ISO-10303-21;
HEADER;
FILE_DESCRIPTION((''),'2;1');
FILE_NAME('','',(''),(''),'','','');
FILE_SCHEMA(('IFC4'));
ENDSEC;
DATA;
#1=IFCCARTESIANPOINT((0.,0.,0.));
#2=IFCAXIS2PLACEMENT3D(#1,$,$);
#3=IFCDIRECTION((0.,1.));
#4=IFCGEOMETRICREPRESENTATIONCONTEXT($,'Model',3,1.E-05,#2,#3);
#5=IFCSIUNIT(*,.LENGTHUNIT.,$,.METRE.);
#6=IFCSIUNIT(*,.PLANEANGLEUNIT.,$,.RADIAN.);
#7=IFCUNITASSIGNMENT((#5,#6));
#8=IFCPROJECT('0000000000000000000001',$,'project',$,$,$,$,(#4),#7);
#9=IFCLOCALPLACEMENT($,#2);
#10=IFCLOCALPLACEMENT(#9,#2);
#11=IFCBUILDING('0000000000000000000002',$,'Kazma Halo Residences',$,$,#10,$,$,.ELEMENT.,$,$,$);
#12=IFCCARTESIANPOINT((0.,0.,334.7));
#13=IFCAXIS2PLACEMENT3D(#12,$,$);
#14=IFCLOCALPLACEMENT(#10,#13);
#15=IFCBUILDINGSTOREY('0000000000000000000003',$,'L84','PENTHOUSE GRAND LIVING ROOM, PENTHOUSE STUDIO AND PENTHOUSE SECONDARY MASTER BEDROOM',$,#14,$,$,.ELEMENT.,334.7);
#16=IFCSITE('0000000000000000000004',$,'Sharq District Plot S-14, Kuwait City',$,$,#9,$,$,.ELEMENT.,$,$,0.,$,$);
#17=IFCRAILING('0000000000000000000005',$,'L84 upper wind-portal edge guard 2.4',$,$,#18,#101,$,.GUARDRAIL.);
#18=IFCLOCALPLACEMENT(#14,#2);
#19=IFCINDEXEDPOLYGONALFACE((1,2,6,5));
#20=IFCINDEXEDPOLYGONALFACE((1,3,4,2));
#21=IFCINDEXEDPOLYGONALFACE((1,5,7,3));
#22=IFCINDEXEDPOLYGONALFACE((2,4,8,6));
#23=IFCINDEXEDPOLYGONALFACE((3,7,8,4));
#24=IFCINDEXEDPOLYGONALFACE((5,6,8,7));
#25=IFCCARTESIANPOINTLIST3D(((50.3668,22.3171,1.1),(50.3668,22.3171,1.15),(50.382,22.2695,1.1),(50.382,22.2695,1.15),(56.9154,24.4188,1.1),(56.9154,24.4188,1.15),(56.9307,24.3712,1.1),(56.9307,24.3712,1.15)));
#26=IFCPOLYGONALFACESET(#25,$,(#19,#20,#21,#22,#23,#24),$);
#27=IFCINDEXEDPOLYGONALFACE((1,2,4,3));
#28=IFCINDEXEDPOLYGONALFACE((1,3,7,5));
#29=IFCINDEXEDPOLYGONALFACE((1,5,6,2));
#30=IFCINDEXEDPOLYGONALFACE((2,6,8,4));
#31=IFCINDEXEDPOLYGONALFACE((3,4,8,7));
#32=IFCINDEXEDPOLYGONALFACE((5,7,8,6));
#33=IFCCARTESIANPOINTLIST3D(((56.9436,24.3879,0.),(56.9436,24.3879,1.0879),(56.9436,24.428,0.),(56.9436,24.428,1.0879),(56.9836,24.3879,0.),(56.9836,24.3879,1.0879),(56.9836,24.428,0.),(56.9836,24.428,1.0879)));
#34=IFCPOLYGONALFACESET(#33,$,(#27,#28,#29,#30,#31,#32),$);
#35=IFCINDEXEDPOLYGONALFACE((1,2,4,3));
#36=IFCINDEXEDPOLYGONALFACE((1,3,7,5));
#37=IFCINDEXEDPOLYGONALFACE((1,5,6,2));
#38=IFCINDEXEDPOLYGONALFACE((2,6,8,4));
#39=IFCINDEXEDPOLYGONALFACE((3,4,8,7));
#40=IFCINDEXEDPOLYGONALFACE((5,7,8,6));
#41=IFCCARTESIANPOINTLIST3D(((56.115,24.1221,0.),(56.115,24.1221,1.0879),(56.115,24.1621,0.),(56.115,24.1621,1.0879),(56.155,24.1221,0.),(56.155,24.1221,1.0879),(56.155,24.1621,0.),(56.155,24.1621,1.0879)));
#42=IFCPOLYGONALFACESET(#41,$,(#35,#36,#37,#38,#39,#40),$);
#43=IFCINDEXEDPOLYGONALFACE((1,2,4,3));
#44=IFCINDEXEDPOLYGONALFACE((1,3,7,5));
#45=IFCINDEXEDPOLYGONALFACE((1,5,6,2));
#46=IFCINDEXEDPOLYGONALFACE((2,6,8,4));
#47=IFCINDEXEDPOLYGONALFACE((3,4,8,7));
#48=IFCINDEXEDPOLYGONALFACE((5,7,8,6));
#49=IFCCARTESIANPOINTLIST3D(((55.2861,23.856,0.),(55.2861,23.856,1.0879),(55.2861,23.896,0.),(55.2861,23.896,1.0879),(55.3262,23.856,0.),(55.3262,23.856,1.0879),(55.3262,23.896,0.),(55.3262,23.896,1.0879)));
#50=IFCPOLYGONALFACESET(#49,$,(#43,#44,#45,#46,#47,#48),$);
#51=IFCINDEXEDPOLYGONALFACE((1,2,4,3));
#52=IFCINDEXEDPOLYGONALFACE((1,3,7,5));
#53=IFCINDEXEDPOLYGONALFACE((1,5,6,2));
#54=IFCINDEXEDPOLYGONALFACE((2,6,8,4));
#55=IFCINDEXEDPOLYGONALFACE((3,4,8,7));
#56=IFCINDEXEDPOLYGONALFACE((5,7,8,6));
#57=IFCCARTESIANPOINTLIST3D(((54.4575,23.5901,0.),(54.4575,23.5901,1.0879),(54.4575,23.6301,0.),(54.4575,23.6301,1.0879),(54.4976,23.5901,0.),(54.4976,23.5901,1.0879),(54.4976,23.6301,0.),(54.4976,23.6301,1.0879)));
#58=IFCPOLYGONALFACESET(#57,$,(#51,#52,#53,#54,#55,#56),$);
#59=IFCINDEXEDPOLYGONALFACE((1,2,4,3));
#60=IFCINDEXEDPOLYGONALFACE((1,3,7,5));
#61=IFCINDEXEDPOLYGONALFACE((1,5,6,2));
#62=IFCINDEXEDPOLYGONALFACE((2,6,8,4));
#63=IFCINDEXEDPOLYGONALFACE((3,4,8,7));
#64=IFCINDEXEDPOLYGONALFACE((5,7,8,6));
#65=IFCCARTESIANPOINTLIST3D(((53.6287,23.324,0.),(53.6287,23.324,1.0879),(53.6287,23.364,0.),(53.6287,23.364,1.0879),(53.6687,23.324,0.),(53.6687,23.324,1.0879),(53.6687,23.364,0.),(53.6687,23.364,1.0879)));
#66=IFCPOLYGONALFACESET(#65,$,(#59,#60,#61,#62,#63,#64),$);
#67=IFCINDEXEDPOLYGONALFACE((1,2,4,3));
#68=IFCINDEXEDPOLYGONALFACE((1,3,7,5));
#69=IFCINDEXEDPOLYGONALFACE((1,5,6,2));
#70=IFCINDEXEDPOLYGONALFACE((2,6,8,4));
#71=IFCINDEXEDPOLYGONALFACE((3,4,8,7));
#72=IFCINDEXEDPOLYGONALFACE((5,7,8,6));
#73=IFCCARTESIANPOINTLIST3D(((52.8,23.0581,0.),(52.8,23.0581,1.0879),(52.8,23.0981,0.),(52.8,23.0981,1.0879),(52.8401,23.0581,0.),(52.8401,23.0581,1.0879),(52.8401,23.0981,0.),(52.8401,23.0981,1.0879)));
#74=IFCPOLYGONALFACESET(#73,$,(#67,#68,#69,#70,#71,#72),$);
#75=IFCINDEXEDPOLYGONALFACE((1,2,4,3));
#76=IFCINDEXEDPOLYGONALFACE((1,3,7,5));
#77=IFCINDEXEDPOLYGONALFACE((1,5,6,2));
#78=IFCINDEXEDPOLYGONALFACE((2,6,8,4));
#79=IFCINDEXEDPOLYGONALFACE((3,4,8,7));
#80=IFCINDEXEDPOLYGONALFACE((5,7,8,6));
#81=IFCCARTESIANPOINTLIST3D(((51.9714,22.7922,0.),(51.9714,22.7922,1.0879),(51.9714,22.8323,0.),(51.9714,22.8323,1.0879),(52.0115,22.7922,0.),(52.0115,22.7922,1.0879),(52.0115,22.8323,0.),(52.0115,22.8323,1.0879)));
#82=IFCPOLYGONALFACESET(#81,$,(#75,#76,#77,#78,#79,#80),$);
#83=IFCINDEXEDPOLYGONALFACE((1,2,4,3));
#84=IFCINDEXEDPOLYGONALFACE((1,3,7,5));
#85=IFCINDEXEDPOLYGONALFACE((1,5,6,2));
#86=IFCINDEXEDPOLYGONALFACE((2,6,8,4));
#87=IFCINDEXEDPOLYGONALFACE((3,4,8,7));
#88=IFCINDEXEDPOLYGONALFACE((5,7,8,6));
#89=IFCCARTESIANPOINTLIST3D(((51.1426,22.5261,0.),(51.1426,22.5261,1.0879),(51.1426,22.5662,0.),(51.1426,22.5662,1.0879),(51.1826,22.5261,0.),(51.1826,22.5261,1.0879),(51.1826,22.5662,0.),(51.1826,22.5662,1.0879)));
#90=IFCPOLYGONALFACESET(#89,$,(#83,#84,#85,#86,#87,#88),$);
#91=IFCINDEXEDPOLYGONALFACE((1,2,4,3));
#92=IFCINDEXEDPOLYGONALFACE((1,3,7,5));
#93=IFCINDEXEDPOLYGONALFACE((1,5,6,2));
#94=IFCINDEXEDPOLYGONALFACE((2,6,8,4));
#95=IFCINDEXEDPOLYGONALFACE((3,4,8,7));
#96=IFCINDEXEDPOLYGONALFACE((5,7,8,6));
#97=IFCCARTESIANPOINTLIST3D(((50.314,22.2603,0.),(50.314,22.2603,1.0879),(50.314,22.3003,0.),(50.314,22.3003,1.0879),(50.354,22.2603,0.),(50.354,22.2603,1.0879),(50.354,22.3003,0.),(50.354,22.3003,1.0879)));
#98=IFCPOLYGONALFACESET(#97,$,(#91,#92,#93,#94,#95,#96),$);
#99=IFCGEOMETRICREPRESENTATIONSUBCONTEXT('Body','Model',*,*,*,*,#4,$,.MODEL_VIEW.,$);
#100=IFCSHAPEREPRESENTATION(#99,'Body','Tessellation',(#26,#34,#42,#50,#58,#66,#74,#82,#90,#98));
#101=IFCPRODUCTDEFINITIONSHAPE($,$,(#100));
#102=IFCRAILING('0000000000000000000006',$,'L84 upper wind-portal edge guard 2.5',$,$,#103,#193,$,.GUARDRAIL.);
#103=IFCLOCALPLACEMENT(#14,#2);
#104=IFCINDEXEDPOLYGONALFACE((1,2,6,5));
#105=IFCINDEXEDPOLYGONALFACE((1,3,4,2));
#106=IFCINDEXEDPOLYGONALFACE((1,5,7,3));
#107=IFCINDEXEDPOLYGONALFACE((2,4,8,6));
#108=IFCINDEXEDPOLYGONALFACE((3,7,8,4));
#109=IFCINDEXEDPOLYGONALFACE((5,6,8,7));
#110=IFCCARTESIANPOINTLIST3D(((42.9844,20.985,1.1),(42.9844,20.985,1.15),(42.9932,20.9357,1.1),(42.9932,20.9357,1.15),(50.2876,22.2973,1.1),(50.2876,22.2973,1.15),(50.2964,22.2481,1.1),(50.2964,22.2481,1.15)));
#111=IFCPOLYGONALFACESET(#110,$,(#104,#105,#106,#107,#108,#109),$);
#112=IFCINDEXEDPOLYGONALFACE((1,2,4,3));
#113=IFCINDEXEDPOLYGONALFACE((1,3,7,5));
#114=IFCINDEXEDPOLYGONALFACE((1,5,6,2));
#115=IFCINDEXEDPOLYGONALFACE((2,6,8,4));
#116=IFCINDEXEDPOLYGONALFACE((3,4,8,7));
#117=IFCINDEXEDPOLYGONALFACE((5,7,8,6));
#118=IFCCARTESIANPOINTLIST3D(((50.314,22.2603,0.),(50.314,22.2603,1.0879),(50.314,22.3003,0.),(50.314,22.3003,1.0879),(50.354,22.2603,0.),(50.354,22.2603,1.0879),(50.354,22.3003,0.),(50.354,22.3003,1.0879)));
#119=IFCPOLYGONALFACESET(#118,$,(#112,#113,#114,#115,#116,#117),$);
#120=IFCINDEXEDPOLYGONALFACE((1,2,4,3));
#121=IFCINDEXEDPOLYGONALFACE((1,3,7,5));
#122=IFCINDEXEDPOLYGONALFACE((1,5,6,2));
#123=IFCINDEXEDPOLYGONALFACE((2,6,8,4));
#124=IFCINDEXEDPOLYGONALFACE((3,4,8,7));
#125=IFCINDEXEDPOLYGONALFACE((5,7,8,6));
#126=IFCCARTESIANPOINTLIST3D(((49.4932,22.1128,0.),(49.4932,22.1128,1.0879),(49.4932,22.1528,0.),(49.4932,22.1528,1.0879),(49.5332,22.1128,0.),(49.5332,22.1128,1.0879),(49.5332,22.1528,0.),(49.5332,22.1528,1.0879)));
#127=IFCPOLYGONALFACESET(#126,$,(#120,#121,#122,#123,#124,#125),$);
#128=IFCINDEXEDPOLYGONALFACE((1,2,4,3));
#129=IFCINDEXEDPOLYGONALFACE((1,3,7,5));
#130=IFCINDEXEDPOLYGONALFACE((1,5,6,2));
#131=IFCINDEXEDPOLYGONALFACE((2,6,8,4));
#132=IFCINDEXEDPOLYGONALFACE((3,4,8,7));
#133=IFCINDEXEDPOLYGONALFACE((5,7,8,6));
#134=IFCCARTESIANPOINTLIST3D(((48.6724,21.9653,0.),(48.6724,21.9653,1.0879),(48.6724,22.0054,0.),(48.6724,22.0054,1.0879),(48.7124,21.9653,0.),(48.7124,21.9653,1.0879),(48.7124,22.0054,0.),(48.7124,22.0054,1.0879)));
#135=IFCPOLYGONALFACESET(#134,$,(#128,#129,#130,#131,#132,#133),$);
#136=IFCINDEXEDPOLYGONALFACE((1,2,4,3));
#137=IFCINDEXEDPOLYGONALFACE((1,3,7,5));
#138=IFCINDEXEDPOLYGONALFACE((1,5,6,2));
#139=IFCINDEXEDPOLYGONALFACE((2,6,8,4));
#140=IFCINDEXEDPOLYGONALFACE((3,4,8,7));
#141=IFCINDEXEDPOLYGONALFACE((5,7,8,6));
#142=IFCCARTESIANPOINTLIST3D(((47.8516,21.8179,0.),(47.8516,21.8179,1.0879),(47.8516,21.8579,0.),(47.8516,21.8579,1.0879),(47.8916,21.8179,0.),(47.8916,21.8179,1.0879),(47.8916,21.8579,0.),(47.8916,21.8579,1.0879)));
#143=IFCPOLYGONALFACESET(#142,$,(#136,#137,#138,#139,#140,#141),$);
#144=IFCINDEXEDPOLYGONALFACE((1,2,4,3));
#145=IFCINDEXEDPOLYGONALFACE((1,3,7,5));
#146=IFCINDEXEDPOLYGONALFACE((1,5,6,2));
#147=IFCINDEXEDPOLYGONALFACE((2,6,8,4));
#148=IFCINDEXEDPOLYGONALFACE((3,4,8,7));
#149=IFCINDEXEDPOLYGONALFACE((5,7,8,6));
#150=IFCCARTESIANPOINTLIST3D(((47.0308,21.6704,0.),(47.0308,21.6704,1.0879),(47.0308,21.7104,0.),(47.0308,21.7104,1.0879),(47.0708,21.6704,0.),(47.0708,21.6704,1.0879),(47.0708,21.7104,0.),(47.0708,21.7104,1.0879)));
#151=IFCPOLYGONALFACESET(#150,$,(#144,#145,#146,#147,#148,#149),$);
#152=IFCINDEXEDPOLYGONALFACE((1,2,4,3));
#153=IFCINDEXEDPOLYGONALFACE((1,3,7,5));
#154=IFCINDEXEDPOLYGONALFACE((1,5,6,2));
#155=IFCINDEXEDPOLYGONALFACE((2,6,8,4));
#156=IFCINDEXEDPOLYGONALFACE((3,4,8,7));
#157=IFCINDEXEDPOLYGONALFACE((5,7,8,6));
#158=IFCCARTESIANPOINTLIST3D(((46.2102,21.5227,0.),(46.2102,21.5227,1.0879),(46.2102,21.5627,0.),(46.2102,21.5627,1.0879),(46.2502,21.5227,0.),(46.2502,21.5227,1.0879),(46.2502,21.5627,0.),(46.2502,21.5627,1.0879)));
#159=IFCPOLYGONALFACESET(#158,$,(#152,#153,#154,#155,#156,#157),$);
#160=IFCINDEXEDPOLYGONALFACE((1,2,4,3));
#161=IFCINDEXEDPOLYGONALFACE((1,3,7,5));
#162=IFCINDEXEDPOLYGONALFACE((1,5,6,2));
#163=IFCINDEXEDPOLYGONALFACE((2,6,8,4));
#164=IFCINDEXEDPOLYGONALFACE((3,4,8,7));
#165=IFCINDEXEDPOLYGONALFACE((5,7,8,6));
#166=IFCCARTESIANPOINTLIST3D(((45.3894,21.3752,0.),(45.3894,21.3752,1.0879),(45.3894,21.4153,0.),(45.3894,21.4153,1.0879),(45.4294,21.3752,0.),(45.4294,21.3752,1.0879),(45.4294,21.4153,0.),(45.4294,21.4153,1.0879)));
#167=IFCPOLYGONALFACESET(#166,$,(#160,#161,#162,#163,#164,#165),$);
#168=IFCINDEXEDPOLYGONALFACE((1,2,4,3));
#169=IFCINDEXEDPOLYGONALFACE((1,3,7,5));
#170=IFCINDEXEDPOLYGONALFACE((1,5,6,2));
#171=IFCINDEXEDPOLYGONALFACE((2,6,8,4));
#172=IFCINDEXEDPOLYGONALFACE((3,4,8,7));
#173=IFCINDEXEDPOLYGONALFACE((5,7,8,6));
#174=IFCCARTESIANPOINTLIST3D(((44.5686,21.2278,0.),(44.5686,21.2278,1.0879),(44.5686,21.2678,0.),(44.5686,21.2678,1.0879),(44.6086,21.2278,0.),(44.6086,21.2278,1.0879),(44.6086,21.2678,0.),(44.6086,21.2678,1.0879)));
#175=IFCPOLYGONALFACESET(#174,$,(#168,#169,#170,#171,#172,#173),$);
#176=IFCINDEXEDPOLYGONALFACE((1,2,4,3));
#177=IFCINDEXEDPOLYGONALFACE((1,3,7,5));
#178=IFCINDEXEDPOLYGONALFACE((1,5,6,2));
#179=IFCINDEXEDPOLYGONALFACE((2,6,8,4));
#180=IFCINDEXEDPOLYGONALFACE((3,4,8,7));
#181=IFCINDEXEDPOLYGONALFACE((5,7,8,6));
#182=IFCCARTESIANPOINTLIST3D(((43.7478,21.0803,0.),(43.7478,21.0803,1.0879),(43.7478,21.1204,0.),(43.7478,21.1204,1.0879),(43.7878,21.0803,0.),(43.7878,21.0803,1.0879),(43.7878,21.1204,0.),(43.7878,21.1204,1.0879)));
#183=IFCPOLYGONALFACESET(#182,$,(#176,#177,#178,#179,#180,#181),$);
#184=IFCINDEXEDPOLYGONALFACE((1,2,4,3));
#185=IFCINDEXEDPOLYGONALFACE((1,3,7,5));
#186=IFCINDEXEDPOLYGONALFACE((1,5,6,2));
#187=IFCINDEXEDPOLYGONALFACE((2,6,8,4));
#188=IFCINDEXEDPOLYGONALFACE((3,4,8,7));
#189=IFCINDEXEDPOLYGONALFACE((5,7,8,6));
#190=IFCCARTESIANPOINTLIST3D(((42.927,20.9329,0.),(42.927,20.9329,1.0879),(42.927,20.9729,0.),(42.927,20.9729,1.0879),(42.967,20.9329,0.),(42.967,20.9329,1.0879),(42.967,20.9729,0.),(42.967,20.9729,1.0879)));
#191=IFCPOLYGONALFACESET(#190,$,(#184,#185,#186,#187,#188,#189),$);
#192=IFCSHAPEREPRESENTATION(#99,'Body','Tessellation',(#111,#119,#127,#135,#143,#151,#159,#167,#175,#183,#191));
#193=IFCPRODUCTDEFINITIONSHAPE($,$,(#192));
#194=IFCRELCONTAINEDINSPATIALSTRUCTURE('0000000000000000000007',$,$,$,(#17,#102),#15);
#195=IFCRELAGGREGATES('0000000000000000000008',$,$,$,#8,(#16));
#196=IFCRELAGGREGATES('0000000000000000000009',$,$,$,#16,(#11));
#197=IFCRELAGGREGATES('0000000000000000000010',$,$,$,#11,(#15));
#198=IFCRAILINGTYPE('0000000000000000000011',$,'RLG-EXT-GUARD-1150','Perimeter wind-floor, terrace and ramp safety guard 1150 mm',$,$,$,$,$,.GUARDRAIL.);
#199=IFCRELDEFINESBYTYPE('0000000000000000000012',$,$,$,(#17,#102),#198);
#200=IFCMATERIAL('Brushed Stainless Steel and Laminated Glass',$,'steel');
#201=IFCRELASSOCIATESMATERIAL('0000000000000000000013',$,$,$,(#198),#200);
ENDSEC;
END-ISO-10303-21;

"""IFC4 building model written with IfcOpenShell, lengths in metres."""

from ifc_helpers import new_model, si_unit, direction, frame, origin, origin_2d, place, context, subcontext, project, spatial, rectangle, extrude, material, type_object, element, save


model = new_model("IFC4")

# Units and contexts
model_context = context("Model", 3, precision=1e-05, world=origin(), true_north=direction((0.0, 1.0)))
body_context = subcontext(model_context, "Body", "Model", "MODEL_VIEW")
ifc_project = project(units=[si_unit("LENGTHUNIT", "METRE"), si_unit("PLANEANGLEUNIT", "RADIAN")], contexts=[model_context])

# Site, building, storey
site_placement = place(None, origin())
site = spatial("IfcSite", under=ifc_project, at=site_placement, Name="Sharq District Plot S-14, Kuwait City", CompositionType="ELEMENT", RefElevation=0.0)
building_placement = place(site_placement, origin())
building = spatial("IfcBuilding", under=site, at=building_placement, Name="Kazma Halo Residences", CompositionType="ELEMENT")
storey_placement = place(building_placement, frame((0.0, 0.0, 334.7)))
storey = spatial("IfcBuildingStorey", under=building, at=storey_placement, Name="L84", Description="PENTHOUSE GRAND LIVING ROOM, PENTHOUSE STUDIO AND PENTHOUSE SECONDARY MASTER BEDROOM", CompositionType="ELEMENT", Elevation=334.7)

# Railings
ifc_material_1 = material(Name="Brushed Stainless Steel and Laminated Glass", Category="steel")
railing_type = type_object("IfcRailingType", Name="RLG-EXT-GUARD-1150", Description="Perimeter wind-floor, terrace and ramp safety guard 1150 mm", PredefinedType="GUARDRAIL", material=ifc_material_1)
railing_1_placement = place(storey_placement, frame((56.9636, 24.408, 0.0)))
element("IfcRailing", 1, at=railing_1_placement, inside=storey, type_object=railing_type, Name="L84 upper wind-portal edge guard 2.4", PredefinedType="GUARDRAIL", context=body_context, shape_type="SweptSolid", body=[
    extrude(rectangle(XDim=0.05, YDim=0.05, at=origin_2d()), frame((-0.0405, -0.0129, 1.125), z_axis=(-0.952165, -0.305584, 0.0), x_axis=(0.305584, -0.952165, 0.0)), (0.0, 0.0, 1.0), 6.8777),
    extrude(rectangle(XDim=0.04, YDim=0.04, at=origin_2d()), origin(), (0.0, 0.0, 1.0), 1.0879),
    extrude(rectangle(XDim=0.04, YDim=0.04, at=origin_2d()), frame((-0.8286, -0.2659, 0.0)), (0.0, 0.0, 1.0), 1.0879),
    extrude(rectangle(XDim=0.04, YDim=0.04, at=origin_2d()), frame((-1.6575, -0.532, 0.0)), (0.0, 0.0, 1.0), 1.0879),
    extrude(rectangle(XDim=0.04, YDim=0.04, at=origin_2d()), frame((-2.4861, -0.7979, 0.0)), (0.0, 0.0, 1.0), 1.0879),
    extrude(rectangle(XDim=0.04, YDim=0.04, at=origin_2d()), frame((-3.3149, -1.064, 0.0)), (0.0, 0.0, 1.0), 1.0879),
    extrude(rectangle(XDim=0.04, YDim=0.04, at=origin_2d()), frame((-4.1436, -1.3298, 0.0)), (0.0, 0.0, 1.0), 1.0879),
    extrude(rectangle(XDim=0.04, YDim=0.04, at=origin_2d()), frame((-4.9722, -1.5957, 0.0)), (0.0, 0.0, 1.0), 1.0879),
    extrude(rectangle(XDim=0.04, YDim=0.04, at=origin_2d()), frame((-5.801, -1.8618, 0.0)), (0.0, 0.0, 1.0), 1.0879),
    extrude(rectangle(XDim=0.04, YDim=0.04, at=origin_2d()), frame((-6.6296, -2.1277, 0.0)), (0.0, 0.0, 1.0), 1.0879),
])
railing_2_placement = place(storey_placement, frame((50.334, 22.2803, 0.0)))
element("IfcRailing", 2, at=railing_2_placement, inside=storey, type_object=railing_type, Name="L84 upper wind-portal edge guard 2.5", PredefinedType="GUARDRAIL", context=body_context, shape_type="SweptSolid", body=[
    extrude(rectangle(XDim=0.05, YDim=0.05, at=origin_2d()), frame((-0.042, -0.0076, 1.125), z_axis=(-0.984236, -0.176861, 0.0), x_axis=(0.176861, -0.984236, 0.0)), (0.0, 0.0, 1.0), 7.4202),
    extrude(rectangle(XDim=0.04, YDim=0.04, at=origin_2d()), origin(), (0.0, 0.0, 1.0), 1.0879),
    extrude(rectangle(XDim=0.04, YDim=0.04, at=origin_2d()), frame((-0.8208, -0.1475, 0.0)), (0.0, 0.0, 1.0), 1.0879),
    extrude(rectangle(XDim=0.04, YDim=0.04, at=origin_2d()), frame((-1.6416, -0.2949, 0.0)), (0.0, 0.0, 1.0), 1.0879),
    extrude(rectangle(XDim=0.04, YDim=0.04, at=origin_2d()), frame((-2.4624, -0.4424, 0.0)), (0.0, 0.0, 1.0), 1.0879),
    extrude(rectangle(XDim=0.04, YDim=0.04, at=origin_2d()), frame((-3.2832, -0.5898, 0.0)), (0.0, 0.0, 1.0), 1.0879),
    extrude(rectangle(XDim=0.04, YDim=0.04, at=origin_2d()), frame((-4.1038, -0.7375, 0.0)), (0.0, 0.0, 1.0), 1.0879),
    extrude(rectangle(XDim=0.04, YDim=0.04, at=origin_2d()), frame((-4.9246, -0.885, 0.0)), (0.0, 0.0, 1.0), 1.0879),
    extrude(rectangle(XDim=0.04, YDim=0.04, at=origin_2d()), frame((-5.7454, -1.0325, 0.0)), (0.0, 0.0, 1.0), 1.0879),
    extrude(rectangle(XDim=0.04, YDim=0.04, at=origin_2d()), frame((-6.5662, -1.1799, 0.0)), (0.0, 0.0, 1.0), 1.0879),
    extrude(rectangle(XDim=0.04, YDim=0.04, at=origin_2d()), frame((-7.387, -1.3274, 0.0)), (0.0, 0.0, 1.0), 1.0879),
])

save(model, "model.ifc")
